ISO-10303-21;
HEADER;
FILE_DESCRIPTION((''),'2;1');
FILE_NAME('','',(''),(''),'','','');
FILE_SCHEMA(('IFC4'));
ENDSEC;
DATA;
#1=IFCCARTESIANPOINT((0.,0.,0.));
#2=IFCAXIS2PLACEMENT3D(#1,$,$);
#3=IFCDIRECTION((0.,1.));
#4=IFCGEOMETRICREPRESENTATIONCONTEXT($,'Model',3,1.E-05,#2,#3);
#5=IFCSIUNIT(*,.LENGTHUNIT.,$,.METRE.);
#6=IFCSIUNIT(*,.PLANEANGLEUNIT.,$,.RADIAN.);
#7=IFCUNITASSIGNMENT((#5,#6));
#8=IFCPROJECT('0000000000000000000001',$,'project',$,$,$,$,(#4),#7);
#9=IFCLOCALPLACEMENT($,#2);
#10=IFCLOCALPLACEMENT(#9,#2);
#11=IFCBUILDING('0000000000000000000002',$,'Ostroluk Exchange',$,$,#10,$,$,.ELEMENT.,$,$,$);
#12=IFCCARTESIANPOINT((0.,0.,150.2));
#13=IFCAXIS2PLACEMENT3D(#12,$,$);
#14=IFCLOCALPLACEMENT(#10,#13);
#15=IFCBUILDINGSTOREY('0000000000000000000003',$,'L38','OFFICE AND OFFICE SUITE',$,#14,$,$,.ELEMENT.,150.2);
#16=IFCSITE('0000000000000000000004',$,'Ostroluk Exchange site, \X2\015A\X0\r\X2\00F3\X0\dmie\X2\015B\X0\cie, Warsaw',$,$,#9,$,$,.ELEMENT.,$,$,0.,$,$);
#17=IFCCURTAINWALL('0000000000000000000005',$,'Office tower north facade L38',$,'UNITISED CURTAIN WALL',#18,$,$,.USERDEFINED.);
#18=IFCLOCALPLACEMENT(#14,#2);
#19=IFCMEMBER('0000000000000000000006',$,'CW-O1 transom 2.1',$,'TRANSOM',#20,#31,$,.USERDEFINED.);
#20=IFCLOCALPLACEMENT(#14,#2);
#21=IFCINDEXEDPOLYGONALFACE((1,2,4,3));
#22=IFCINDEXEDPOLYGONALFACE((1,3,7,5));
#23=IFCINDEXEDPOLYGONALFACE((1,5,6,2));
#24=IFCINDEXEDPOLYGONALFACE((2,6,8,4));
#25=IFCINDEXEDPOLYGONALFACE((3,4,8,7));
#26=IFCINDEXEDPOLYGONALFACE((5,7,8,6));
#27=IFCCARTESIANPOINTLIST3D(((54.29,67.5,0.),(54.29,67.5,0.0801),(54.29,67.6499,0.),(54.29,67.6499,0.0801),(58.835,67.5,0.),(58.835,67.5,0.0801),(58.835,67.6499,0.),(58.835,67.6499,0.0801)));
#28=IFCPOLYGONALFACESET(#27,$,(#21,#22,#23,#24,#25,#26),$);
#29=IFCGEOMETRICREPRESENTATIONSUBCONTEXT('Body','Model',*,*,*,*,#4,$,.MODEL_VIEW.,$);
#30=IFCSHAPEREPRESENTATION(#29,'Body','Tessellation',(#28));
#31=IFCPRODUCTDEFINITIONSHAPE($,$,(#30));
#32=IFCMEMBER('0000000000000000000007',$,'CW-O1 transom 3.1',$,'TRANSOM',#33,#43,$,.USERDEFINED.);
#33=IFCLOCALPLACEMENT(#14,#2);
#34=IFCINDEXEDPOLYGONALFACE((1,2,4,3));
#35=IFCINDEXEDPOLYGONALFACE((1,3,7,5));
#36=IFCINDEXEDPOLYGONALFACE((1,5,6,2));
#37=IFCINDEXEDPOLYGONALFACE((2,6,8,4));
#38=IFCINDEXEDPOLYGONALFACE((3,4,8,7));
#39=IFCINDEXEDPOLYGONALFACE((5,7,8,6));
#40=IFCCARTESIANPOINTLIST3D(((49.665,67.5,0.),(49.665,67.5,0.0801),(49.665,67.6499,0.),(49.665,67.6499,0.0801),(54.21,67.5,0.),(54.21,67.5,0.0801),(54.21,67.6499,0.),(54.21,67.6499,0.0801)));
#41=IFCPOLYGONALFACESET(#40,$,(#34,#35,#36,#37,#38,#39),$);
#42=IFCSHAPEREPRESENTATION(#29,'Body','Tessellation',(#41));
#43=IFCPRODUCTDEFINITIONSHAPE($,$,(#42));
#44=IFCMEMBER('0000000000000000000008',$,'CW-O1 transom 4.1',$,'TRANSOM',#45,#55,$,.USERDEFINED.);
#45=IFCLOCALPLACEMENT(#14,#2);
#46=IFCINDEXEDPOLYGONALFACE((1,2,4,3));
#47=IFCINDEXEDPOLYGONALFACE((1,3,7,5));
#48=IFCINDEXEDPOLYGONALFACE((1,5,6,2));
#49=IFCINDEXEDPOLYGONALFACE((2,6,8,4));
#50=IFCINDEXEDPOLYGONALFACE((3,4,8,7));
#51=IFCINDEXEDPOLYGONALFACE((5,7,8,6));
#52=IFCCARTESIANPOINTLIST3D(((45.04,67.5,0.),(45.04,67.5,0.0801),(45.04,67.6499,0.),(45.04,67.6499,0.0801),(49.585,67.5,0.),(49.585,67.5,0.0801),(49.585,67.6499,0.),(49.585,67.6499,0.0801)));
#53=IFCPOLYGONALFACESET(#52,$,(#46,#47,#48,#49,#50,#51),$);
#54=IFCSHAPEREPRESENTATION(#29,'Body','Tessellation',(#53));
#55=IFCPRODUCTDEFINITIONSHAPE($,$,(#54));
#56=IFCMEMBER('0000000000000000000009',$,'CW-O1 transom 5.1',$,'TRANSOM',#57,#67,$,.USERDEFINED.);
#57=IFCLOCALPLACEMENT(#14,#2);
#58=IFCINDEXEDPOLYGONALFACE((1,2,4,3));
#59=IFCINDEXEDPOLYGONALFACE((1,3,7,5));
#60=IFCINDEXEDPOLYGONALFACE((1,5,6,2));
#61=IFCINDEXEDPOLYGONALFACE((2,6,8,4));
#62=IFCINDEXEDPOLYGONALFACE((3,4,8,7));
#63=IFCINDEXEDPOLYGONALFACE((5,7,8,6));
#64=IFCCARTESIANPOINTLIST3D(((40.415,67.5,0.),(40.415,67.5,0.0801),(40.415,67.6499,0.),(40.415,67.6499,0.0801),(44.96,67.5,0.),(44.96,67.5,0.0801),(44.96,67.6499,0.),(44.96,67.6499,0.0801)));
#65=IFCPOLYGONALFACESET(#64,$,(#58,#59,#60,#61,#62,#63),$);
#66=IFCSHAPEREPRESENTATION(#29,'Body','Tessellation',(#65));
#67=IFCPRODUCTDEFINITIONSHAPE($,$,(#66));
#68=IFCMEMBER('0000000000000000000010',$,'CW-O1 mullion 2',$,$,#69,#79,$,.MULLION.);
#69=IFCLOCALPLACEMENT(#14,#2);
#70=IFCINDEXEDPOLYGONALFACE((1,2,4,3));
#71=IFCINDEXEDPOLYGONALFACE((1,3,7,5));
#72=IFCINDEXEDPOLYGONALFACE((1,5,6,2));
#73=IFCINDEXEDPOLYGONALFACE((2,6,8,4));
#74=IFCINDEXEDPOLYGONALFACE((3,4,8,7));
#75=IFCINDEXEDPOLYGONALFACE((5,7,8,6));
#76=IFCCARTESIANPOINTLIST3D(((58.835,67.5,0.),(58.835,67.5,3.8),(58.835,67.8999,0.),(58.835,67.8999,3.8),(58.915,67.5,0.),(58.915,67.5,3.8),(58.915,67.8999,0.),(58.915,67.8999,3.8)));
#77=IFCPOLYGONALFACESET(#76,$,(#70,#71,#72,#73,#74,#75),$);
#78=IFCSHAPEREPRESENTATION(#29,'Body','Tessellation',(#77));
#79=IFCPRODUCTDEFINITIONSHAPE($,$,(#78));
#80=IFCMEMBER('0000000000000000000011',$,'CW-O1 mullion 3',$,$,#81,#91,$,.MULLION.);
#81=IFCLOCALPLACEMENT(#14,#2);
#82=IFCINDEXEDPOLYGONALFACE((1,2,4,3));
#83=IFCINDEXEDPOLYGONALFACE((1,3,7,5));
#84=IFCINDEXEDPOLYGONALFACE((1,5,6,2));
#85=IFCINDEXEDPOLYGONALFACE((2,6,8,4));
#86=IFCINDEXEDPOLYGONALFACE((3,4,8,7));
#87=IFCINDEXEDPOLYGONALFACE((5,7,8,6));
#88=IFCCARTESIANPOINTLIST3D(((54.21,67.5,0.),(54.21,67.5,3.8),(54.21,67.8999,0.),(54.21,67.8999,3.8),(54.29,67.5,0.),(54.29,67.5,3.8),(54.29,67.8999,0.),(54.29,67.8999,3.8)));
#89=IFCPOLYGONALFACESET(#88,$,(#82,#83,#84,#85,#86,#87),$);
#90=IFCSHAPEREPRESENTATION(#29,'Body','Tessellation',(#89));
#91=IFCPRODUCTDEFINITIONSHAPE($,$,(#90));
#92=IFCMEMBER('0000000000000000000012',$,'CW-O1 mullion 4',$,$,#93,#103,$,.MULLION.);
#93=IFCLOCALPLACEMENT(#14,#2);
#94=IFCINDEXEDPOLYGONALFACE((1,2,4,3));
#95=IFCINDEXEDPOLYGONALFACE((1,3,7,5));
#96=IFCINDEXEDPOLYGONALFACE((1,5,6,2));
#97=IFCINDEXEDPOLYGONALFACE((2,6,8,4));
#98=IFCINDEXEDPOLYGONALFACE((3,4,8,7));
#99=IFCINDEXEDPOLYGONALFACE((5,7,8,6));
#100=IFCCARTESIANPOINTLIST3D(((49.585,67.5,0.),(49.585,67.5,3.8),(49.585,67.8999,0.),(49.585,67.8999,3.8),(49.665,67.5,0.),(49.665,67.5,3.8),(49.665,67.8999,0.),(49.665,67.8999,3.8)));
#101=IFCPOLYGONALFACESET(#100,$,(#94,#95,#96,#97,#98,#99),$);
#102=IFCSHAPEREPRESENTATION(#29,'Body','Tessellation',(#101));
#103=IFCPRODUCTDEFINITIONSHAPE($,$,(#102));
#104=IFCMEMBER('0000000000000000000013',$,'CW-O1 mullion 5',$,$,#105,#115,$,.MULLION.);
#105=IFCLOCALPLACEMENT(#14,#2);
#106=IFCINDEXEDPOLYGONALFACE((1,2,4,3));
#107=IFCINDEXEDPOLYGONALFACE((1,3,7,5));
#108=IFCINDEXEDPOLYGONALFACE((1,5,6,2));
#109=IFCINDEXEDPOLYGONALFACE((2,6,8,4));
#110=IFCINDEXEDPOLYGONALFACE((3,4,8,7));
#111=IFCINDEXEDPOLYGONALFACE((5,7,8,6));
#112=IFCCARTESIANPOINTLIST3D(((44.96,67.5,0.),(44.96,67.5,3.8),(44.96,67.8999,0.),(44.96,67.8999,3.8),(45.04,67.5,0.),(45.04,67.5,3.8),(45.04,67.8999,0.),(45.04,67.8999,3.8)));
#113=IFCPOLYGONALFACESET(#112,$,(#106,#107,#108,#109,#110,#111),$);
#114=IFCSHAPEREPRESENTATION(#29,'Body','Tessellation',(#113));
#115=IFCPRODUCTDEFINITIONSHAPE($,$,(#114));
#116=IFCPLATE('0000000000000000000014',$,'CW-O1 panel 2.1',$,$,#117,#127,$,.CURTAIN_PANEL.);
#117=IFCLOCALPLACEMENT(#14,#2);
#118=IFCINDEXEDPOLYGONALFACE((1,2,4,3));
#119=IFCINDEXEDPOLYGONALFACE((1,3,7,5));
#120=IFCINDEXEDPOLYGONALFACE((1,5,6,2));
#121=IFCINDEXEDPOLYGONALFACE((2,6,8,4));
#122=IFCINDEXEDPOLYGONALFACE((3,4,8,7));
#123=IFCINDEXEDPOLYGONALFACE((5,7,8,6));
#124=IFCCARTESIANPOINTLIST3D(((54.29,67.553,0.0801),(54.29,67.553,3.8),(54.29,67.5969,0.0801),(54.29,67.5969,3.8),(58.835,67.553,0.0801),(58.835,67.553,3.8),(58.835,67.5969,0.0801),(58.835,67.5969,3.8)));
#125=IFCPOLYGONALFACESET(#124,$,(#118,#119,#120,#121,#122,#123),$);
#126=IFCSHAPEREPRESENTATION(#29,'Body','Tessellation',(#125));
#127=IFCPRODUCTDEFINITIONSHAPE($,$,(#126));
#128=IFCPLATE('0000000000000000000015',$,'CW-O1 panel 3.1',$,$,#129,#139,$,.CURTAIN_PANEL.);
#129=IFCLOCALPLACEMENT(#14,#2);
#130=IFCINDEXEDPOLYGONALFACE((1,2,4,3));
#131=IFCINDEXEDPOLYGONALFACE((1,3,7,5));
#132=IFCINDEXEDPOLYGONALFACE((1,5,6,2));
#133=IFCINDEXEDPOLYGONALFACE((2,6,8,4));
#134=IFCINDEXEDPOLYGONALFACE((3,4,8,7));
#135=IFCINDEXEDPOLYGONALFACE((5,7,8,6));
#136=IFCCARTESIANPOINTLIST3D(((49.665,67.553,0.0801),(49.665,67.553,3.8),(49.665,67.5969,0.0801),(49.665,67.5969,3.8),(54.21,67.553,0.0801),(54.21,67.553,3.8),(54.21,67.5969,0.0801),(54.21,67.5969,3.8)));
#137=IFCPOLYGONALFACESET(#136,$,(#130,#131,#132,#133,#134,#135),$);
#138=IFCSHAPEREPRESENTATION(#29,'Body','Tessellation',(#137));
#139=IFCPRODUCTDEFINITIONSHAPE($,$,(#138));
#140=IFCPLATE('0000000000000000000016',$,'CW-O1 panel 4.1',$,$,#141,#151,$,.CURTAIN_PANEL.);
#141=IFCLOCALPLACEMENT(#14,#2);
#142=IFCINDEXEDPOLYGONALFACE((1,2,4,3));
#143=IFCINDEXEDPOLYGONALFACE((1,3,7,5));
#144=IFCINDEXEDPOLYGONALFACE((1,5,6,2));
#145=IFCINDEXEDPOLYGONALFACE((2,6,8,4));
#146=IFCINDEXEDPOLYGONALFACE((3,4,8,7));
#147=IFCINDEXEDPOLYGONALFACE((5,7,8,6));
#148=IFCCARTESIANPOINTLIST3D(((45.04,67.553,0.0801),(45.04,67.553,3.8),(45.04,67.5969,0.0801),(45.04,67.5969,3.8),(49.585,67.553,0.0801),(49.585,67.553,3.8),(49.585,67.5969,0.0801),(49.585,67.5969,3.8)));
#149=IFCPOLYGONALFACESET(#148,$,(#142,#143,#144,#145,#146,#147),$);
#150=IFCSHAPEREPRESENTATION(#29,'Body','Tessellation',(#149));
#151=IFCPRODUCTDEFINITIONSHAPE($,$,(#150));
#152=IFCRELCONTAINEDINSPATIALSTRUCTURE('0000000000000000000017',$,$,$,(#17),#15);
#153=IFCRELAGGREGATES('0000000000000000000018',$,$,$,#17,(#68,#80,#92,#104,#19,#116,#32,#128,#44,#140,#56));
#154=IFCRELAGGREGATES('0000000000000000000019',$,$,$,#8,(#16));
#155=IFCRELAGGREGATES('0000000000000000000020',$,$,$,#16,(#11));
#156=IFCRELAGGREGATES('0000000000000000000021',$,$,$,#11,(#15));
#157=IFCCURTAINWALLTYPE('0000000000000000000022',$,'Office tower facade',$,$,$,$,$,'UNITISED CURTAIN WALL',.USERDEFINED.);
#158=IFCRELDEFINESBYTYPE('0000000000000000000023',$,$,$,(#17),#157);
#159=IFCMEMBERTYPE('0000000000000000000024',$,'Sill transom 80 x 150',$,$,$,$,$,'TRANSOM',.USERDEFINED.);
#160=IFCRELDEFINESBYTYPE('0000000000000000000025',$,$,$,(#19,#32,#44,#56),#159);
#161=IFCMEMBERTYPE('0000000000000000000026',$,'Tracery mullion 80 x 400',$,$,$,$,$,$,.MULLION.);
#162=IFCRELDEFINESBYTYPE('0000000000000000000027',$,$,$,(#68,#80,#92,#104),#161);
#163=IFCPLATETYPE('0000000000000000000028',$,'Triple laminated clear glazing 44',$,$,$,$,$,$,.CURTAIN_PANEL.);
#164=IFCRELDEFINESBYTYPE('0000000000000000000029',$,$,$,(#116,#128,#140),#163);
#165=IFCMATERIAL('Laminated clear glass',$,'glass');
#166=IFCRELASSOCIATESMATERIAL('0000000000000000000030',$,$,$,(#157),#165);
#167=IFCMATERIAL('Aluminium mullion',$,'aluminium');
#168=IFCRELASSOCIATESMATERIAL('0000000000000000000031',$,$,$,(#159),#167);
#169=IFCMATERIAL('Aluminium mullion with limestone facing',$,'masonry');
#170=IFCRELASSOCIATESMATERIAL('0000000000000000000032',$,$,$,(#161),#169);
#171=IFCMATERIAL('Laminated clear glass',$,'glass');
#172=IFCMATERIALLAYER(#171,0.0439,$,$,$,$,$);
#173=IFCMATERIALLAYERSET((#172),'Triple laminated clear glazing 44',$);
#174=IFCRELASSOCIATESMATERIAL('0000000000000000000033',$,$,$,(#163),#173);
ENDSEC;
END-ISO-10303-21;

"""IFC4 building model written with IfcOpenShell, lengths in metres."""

from ifc_helpers import new_model, si_unit, direction, frame, origin, origin_2d, place, context, subcontext, project, spatial, rectangle, extrude, material, layer, layer_set, material_profile, profile_set, type_object, element, aggregate, save


model = new_model("IFC4")

# Units and contexts
model_context = context("Model", 3, precision=1e-05, world=origin(), true_north=direction((0.0, 1.0)))
body_context = subcontext(model_context, "Body", "Model", "MODEL_VIEW")
ifc_project = project(units=[si_unit("LENGTHUNIT", "METRE"), si_unit("PLANEANGLEUNIT", "RADIAN")], contexts=[model_context])

# Site, building, storey
site_placement = place(None, origin())
site = spatial("IfcSite", under=ifc_project, at=site_placement, Name="Ostroluk Exchange site, Śródmieście, Warsaw", CompositionType="ELEMENT", RefElevation=0.0)
building_placement = place(site_placement, origin())
building = spatial("IfcBuilding", under=site, at=building_placement, Name="Ostroluk Exchange", CompositionType="ELEMENT")
storey_placement = place(building_placement, frame((0.0, 0.0, 150.2)))
storey = spatial("IfcBuildingStorey", under=building, at=storey_placement, Name="L38", Description="OFFICE AND OFFICE SUITE", CompositionType="ELEMENT", Elevation=150.2)

# Curtain wall, members, plates
ifc_material_1 = material(Name="Laminated clear glass", Category="glass")
curtain_wall_type = type_object("IfcCurtainWallType", Name="Office tower facade", ElementType="UNITISED CURTAIN WALL", PredefinedType="USERDEFINED", material=ifc_material_1)
curtain_wall_placement = place(storey_placement, origin())
curtain_wall = element("IfcCurtainWall", 1, at=curtain_wall_placement, inside=storey, type_object=curtain_wall_type, Name="Office tower north facade L38", ObjectType="UNITISED CURTAIN WALL", PredefinedType="USERDEFINED")
ifc_material_2 = material(Name="Aluminium mullion", Category="aluminium")
ifc_material_profile_1 = material_profile(ifc_material_2, rectangle(XDim=0.1499, YDim=0.0801, at=origin_2d()), Name="Sill transom 80 x 150")
ifc_profile_set_1 = profile_set([ifc_material_profile_1], Name="Aluminium mullion")
member_type_1 = type_object("IfcMemberType", Name="Sill transom 80 x 150", ElementType="TRANSOM", PredefinedType="USERDEFINED", material=ifc_profile_set_1)
member_1_placement = place(storey_placement, frame((58.835, 67.575, 0.04), z_axis=(-1.0, 0.0, 0.0), x_axis=(0.0, -1.0, 0.0)))
member_1 = element("IfcMember", 2, at=member_1_placement, type_object=member_type_1, Name="CW-O1 transom 2.1", ObjectType="TRANSOM", PredefinedType="USERDEFINED", context=body_context, shape_type="SweptSolid", body=[
    extrude(rectangle(XDim=0.1499, YDim=0.0801, at=origin_2d()), origin(), (0.0, 0.0, 1.0), 4.5449),
])
member_2_placement = place(storey_placement, frame((54.21, 67.575, 0.04), z_axis=(-1.0, 0.0, 0.0), x_axis=(0.0, -1.0, 0.0)))
member_2 = element("IfcMember", 3, at=member_2_placement, type_object=member_type_1, Name="CW-O1 transom 3.1", ObjectType="TRANSOM", PredefinedType="USERDEFINED", context=body_context, shape_type="SweptSolid", body=[
    extrude(rectangle(XDim=0.1499, YDim=0.0801, at=origin_2d()), origin(), (0.0, 0.0, 1.0), 4.5449),
])
member_3_placement = place(storey_placement, frame((49.585, 67.575, 0.04), z_axis=(-1.0, 0.0, 0.0), x_axis=(0.0, -1.0, 0.0)))
member_3 = element("IfcMember", 4, at=member_3_placement, type_object=member_type_1, Name="CW-O1 transom 4.1", ObjectType="TRANSOM", PredefinedType="USERDEFINED", context=body_context, shape_type="SweptSolid", body=[
    extrude(rectangle(XDim=0.1499, YDim=0.0801, at=origin_2d()), origin(), (0.0, 0.0, 1.0), 4.5449),
])
member_4_placement = place(storey_placement, frame((44.96, 67.575, 0.04), z_axis=(-1.0, 0.0, 0.0), x_axis=(0.0, -1.0, 0.0)))
member_4 = element("IfcMember", 5, at=member_4_placement, type_object=member_type_1, Name="CW-O1 transom 5.1", ObjectType="TRANSOM", PredefinedType="USERDEFINED", context=body_context, shape_type="SweptSolid", body=[
    extrude(rectangle(XDim=0.1499, YDim=0.0801, at=origin_2d()), origin(), (0.0, 0.0, 1.0), 4.5449),
])
ifc_material_3 = material(Name="Aluminium mullion with limestone facing", Category="masonry")
ifc_material_profile_2 = material_profile(ifc_material_3, rectangle(XDim=0.3999, YDim=0.0801, at=origin_2d()), Name="Tracery mullion 80 x 400")
ifc_profile_set_2 = profile_set([ifc_material_profile_2], Name="Aluminium mullion with limestone facing")
member_type_2 = type_object("IfcMemberType", Name="Tracery mullion 80 x 400", PredefinedType="MULLION", material=ifc_profile_set_2)
member_5_placement = place(storey_placement, frame((58.875, 67.7, 0.0), z_axis=(0.0, 0.0, 1.0), x_axis=(0.0, -1.0, 0.0)))
member_5 = element("IfcMember", 6, at=member_5_placement, type_object=member_type_2, Name="CW-O1 mullion 2", PredefinedType="MULLION", context=body_context, shape_type="SweptSolid", body=[
    extrude(rectangle(XDim=0.3999, YDim=0.0801, at=origin_2d()), origin(), (0.0, 0.0, 1.0), 3.8),
])
member_6_placement = place(storey_placement, frame((54.25, 67.7, 0.0), z_axis=(0.0, 0.0, 1.0), x_axis=(0.0, -1.0, 0.0)))
member_6 = element("IfcMember", 7, at=member_6_placement, type_object=member_type_2, Name="CW-O1 mullion 3", PredefinedType="MULLION", context=body_context, shape_type="SweptSolid", body=[
    extrude(rectangle(XDim=0.3999, YDim=0.0801, at=origin_2d()), origin(), (0.0, 0.0, 1.0), 3.8),
])
member_7_placement = place(storey_placement, frame((49.625, 67.7, 0.0), z_axis=(0.0, 0.0, 1.0), x_axis=(0.0, -1.0, 0.0)))
member_7 = element("IfcMember", 8, at=member_7_placement, type_object=member_type_2, Name="CW-O1 mullion 4", PredefinedType="MULLION", context=body_context, shape_type="SweptSolid", body=[
    extrude(rectangle(XDim=0.3999, YDim=0.0801, at=origin_2d()), origin(), (0.0, 0.0, 1.0), 3.8),
])
member_8_placement = place(storey_placement, frame((45.0, 67.7, 0.0), z_axis=(0.0, 0.0, 1.0), x_axis=(0.0, -1.0, 0.0)))
member_8 = element("IfcMember", 9, at=member_8_placement, type_object=member_type_2, Name="CW-O1 mullion 5", PredefinedType="MULLION", context=body_context, shape_type="SweptSolid", body=[
    extrude(rectangle(XDim=0.3999, YDim=0.0801, at=origin_2d()), origin(), (0.0, 0.0, 1.0), 3.8),
])
ifc_material_4 = material(Name="Laminated clear glass", Category="glass")
ifc_layer_1 = layer(ifc_material_4, 0.0439)
ifc_layer_set_1 = layer_set([ifc_layer_1], Name="Triple laminated clear glazing 44")
plate_type = type_object("IfcPlateType", Name="Triple laminated clear glazing 44", PredefinedType="CURTAIN_PANEL", material=ifc_layer_set_1)
plate_1_placement = place(storey_placement, frame((56.5625, 67.575, 0.0801), z_axis=(0.0, 0.0, 1.0), x_axis=(-1.0, 0.0, 0.0)))
plate_1 = element("IfcPlate", 10, at=plate_1_placement, type_object=plate_type, Name="CW-O1 panel 2.1", PredefinedType="CURTAIN_PANEL", context=body_context, shape_type="SweptSolid", body=[
    extrude(rectangle(XDim=4.5449, YDim=0.0439, at=origin_2d()), origin(), (0.0, 0.0, 1.0), 3.72),
])
plate_2_placement = place(storey_placement, frame((51.9375, 67.575, 0.0801), z_axis=(0.0, 0.0, 1.0), x_axis=(-1.0, 0.0, 0.0)))
plate_2 = element("IfcPlate", 11, at=plate_2_placement, type_object=plate_type, Name="CW-O1 panel 3.1", PredefinedType="CURTAIN_PANEL", context=body_context, shape_type="SweptSolid", body=[
    extrude(rectangle(XDim=4.5449, YDim=0.0439, at=origin_2d()), origin(), (0.0, 0.0, 1.0), 3.72),
])
plate_3_placement = place(storey_placement, frame((47.3125, 67.575, 0.0801), z_axis=(0.0, 0.0, 1.0), x_axis=(-1.0, 0.0, 0.0)))
plate_3 = element("IfcPlate", 12, at=plate_3_placement, type_object=plate_type, Name="CW-O1 panel 4.1", PredefinedType="CURTAIN_PANEL", context=body_context, shape_type="SweptSolid", body=[
    extrude(rectangle(XDim=4.5449, YDim=0.0439, at=origin_2d()), origin(), (0.0, 0.0, 1.0), 3.72),
])
aggregate(curtain_wall, [member_5, member_6, member_7, member_8, member_1, plate_1, member_2, plate_2, member_3, plate_3, member_4])

save(model, "model.ifc")
